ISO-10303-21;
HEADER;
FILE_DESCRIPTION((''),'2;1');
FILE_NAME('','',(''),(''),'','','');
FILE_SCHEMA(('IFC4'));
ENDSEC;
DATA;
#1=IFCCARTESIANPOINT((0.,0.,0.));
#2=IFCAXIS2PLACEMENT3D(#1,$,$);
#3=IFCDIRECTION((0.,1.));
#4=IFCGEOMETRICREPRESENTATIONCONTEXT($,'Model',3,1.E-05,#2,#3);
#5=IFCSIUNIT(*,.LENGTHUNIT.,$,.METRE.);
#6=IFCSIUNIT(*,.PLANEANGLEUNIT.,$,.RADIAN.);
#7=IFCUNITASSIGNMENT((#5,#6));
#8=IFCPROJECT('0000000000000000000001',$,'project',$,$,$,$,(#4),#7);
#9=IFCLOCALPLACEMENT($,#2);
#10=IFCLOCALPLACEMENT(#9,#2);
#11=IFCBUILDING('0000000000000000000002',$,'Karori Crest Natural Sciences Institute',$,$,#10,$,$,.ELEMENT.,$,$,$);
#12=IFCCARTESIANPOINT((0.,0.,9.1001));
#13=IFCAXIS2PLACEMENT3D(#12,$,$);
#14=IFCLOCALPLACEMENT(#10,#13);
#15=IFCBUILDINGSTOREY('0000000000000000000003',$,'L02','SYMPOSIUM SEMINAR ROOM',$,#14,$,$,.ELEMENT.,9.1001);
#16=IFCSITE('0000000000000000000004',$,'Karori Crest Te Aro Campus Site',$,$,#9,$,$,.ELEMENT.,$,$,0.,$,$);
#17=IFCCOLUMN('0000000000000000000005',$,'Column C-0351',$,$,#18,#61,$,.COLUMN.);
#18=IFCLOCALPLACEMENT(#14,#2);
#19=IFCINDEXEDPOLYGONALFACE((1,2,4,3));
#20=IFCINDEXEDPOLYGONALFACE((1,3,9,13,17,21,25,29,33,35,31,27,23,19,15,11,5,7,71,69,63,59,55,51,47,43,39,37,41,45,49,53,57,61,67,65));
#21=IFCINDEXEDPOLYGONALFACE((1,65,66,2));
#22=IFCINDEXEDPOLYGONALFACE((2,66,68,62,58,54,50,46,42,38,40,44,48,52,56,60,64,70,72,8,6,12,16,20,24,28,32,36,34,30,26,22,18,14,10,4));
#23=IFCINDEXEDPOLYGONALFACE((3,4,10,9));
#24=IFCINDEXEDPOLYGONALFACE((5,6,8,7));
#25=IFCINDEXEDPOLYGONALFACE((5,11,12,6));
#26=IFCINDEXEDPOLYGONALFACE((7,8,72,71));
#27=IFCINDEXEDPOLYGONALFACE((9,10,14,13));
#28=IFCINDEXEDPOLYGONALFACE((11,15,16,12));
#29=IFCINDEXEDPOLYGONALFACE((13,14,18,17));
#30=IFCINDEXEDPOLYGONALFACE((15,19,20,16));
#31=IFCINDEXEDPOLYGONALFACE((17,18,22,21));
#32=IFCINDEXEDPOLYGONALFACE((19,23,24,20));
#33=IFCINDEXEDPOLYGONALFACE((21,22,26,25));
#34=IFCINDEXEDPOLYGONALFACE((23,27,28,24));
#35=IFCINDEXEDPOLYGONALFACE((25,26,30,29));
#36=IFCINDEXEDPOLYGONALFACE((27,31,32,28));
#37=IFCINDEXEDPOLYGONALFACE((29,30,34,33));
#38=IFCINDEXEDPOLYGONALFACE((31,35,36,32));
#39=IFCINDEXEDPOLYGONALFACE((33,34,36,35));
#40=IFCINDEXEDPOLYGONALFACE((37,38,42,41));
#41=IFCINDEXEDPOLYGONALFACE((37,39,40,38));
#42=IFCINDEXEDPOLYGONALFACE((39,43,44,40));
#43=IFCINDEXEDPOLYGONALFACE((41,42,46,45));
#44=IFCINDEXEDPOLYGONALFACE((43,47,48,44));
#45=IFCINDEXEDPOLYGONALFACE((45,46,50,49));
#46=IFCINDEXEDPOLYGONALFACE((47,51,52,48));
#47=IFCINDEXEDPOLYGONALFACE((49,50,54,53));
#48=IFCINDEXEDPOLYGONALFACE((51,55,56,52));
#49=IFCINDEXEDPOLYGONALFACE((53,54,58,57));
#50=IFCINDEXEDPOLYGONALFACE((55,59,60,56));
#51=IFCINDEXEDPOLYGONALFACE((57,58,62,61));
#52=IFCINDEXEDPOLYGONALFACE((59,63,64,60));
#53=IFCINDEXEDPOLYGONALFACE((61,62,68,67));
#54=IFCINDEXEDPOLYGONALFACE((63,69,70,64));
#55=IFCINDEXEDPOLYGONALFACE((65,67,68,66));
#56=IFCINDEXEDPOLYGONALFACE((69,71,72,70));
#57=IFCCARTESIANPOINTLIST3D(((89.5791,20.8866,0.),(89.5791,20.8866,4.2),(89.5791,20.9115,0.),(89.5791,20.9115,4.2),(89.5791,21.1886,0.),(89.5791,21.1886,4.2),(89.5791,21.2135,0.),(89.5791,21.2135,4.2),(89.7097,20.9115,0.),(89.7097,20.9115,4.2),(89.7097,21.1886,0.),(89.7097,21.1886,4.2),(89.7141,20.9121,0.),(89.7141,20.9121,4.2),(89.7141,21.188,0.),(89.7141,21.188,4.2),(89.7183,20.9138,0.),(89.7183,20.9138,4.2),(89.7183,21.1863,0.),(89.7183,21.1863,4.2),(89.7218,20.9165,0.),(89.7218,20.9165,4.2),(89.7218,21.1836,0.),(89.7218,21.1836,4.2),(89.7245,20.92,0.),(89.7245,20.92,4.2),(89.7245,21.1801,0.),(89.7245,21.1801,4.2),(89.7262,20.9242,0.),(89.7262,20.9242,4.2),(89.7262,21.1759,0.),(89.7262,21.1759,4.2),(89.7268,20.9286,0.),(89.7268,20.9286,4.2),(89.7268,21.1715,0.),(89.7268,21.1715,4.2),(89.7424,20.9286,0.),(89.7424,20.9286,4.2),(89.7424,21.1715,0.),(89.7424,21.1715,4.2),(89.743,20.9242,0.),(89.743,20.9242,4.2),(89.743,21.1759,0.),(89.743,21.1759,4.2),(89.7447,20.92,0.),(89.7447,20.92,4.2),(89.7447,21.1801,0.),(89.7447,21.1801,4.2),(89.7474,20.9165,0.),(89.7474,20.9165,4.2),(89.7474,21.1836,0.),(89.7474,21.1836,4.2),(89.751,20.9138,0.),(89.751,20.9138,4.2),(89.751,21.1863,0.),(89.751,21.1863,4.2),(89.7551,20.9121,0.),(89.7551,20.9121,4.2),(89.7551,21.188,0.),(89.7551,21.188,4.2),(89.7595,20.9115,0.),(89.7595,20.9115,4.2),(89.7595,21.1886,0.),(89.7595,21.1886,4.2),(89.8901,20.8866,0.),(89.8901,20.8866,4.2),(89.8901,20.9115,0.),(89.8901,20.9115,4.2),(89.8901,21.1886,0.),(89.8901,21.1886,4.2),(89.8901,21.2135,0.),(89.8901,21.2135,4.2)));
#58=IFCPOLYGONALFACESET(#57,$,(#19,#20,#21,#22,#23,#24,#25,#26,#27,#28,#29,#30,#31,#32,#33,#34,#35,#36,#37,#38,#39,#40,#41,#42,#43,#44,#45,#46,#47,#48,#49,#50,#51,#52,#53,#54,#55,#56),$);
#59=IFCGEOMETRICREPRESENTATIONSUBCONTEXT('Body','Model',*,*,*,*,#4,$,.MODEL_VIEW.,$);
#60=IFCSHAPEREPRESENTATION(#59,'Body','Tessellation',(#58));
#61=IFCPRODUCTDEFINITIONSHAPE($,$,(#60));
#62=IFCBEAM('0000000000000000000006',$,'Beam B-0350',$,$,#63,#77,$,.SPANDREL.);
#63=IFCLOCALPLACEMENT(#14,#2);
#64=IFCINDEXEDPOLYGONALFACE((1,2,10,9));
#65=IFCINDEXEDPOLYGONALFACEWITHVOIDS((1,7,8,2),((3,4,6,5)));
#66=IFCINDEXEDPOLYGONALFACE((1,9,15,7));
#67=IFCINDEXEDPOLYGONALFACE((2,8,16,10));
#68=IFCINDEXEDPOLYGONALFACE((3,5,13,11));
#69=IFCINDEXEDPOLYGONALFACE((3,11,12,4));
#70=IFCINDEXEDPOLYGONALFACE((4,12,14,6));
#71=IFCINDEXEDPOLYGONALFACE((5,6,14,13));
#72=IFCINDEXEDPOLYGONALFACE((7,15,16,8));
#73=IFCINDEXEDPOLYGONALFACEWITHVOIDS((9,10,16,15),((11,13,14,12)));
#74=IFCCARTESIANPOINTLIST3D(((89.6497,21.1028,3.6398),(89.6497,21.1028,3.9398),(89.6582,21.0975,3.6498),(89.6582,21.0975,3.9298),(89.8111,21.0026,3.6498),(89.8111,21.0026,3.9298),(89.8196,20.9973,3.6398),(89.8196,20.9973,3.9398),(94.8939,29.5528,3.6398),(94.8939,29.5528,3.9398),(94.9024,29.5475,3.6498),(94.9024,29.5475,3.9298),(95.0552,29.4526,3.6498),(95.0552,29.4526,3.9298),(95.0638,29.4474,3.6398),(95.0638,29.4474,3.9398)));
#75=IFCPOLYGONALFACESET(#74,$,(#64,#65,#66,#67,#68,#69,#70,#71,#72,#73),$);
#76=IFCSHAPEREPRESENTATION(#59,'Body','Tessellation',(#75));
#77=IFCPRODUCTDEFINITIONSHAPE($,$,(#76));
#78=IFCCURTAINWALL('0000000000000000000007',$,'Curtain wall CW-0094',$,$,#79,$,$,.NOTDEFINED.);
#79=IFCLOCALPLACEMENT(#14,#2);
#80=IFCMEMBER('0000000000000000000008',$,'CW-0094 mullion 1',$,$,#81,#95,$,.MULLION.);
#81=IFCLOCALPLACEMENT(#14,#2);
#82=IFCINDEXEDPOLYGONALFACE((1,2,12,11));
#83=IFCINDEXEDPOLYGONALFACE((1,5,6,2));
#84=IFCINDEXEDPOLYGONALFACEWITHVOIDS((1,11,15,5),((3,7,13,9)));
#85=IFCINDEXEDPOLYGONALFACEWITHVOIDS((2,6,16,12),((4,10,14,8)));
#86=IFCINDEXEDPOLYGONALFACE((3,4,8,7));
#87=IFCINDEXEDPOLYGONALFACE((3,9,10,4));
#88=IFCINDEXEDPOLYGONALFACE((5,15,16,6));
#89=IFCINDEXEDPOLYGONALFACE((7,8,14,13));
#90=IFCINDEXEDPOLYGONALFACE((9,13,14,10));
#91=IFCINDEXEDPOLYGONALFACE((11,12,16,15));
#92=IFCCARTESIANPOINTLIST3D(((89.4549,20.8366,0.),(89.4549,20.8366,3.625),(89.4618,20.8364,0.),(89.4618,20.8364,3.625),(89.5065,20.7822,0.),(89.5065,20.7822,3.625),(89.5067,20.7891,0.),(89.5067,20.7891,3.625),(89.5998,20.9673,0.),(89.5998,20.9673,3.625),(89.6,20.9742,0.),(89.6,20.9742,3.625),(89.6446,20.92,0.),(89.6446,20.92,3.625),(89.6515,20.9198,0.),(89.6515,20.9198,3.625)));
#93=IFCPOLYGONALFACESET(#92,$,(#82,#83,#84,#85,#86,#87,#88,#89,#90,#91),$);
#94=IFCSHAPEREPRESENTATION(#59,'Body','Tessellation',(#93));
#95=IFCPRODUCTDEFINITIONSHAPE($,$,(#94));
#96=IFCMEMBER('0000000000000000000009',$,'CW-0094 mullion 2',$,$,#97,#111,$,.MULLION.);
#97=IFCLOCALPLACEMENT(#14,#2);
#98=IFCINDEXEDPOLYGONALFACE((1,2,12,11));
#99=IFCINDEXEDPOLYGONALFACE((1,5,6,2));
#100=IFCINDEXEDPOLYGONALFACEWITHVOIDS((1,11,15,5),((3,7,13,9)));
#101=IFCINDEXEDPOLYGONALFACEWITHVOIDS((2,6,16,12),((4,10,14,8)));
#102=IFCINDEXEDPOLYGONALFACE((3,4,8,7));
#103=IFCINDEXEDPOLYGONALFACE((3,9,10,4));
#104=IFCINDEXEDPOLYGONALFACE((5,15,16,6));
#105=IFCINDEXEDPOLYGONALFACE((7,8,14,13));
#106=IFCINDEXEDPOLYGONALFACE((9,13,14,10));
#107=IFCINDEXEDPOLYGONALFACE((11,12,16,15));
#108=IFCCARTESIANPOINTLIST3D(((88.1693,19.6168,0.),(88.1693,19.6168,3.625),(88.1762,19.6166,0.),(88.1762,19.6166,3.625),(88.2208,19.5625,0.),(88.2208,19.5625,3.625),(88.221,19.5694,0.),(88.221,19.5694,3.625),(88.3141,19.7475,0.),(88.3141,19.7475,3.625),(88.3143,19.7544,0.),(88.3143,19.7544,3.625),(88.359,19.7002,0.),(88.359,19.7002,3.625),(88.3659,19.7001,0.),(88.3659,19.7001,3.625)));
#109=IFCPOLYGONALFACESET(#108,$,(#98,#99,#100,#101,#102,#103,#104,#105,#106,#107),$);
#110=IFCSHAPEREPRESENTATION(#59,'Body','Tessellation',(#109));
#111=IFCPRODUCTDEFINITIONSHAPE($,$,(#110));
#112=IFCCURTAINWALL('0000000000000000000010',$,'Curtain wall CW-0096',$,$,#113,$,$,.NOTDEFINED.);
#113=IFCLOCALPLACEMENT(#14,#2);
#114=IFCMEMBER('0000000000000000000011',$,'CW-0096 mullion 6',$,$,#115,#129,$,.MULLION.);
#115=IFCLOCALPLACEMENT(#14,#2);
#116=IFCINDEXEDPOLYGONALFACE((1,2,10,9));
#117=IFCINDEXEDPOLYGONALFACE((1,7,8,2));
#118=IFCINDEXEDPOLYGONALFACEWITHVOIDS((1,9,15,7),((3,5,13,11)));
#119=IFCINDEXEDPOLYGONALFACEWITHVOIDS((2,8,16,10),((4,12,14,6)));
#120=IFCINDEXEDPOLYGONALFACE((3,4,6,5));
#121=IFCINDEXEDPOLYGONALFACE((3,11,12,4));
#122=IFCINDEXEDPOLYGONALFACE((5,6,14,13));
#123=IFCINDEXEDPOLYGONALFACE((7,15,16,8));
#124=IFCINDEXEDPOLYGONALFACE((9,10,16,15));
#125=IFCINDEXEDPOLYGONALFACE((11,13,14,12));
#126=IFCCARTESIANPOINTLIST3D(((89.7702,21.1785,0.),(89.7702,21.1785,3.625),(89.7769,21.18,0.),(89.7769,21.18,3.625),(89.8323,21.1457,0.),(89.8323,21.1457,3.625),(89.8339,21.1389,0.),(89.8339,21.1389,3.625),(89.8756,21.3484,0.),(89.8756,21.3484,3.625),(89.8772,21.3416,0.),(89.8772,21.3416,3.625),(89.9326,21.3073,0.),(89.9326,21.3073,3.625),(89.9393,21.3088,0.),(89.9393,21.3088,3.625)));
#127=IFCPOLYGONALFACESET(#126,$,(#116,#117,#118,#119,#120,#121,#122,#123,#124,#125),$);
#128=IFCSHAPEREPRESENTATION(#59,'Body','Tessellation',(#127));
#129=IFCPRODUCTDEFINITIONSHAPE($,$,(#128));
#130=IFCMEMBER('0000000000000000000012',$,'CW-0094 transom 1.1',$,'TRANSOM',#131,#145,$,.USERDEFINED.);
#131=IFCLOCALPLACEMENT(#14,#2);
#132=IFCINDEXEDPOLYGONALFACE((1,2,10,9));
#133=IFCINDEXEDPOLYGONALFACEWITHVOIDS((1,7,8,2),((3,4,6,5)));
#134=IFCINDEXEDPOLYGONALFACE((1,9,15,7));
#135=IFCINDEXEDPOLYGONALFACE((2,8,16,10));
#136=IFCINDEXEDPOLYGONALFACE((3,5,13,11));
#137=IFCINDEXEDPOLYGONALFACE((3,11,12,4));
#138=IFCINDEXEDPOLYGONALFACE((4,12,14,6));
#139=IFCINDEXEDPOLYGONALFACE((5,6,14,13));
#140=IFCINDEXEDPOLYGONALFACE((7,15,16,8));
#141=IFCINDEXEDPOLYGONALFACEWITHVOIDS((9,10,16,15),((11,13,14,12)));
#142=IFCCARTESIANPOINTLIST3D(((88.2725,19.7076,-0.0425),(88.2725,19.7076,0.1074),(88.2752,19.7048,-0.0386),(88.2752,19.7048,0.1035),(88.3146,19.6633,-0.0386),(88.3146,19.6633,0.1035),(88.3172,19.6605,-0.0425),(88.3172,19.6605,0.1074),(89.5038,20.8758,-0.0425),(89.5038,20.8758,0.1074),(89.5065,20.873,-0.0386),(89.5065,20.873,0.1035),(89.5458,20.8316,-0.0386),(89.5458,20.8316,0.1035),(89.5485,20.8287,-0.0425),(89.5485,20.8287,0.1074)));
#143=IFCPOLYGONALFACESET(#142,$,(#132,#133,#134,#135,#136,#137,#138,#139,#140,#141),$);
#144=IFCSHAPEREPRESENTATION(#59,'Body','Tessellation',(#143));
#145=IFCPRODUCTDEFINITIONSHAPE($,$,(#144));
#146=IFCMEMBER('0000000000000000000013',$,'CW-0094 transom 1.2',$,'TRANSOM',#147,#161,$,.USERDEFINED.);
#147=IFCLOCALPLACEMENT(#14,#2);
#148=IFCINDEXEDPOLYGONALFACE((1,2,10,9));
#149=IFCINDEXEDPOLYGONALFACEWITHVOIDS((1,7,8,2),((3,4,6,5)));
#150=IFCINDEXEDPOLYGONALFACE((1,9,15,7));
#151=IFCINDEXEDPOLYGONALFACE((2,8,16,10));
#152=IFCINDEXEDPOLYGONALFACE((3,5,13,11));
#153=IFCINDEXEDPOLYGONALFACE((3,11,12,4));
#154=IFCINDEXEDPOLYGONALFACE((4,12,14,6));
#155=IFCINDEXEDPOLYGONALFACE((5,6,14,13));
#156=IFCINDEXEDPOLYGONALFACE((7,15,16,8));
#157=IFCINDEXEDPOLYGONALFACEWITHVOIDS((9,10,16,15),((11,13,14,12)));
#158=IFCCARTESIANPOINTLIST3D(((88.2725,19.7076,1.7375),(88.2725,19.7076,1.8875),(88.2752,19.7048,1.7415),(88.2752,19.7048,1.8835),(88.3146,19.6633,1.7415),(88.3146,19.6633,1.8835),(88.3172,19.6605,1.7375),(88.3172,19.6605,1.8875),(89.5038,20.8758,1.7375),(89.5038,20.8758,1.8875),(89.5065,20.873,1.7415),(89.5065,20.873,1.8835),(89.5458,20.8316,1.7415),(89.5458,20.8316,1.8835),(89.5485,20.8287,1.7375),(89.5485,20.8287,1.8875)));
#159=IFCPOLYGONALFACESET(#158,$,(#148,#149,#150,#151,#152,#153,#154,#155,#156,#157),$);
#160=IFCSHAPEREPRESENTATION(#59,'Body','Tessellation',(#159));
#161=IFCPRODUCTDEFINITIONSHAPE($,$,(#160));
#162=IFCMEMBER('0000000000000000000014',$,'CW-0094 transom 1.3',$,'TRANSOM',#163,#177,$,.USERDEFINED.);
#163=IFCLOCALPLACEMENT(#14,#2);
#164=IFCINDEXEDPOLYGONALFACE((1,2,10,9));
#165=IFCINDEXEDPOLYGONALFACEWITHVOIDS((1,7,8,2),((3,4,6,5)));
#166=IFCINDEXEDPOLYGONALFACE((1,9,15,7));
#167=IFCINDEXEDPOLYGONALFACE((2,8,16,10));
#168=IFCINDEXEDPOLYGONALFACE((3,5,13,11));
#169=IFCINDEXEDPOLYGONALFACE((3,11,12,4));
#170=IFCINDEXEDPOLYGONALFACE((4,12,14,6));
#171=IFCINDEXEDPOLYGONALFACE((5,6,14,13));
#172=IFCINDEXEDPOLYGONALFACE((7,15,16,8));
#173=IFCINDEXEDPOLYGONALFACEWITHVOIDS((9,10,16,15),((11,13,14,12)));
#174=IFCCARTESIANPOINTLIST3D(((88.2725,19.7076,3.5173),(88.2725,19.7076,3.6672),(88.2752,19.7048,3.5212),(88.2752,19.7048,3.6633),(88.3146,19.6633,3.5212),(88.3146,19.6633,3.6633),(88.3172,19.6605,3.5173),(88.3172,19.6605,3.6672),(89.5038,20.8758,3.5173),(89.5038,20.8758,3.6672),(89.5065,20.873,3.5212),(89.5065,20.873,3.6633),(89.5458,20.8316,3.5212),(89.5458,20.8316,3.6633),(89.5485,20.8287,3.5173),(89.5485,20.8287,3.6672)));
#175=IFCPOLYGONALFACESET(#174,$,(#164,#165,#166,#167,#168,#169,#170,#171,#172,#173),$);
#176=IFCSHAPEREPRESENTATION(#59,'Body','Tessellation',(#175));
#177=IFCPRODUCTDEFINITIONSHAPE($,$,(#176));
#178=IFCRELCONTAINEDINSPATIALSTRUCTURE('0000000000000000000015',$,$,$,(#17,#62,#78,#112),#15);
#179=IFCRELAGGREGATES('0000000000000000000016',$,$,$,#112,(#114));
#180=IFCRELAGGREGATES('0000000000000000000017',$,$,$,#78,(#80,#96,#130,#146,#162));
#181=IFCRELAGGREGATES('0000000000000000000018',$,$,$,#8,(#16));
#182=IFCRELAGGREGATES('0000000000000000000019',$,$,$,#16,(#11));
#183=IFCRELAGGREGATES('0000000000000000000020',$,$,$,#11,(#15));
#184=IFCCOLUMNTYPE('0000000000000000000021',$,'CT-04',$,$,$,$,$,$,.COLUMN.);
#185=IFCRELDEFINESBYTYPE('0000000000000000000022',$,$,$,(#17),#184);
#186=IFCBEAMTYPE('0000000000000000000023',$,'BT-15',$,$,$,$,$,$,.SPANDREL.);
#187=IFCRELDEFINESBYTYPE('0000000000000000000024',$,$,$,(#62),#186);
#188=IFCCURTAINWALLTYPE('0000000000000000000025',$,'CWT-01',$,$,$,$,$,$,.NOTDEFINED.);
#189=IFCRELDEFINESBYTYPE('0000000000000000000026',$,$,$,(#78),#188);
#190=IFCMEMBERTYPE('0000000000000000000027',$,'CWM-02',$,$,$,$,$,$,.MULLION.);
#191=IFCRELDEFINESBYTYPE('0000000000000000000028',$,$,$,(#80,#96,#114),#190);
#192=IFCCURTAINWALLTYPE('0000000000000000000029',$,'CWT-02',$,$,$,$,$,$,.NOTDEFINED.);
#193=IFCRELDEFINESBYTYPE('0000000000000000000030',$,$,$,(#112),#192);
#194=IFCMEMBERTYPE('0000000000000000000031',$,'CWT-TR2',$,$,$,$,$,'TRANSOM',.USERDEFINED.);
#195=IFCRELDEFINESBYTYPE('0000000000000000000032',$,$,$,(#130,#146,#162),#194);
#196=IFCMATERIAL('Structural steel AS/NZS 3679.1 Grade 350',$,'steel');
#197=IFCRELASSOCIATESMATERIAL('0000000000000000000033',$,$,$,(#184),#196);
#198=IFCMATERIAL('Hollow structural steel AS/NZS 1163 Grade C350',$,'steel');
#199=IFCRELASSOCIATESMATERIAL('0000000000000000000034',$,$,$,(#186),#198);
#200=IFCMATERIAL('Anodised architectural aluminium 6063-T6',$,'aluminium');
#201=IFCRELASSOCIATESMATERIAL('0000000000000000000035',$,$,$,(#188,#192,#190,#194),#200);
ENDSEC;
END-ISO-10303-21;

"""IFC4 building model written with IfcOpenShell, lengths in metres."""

from ifc_helpers import new_model, si_unit, direction, frame, origin, origin_2d, place, context, subcontext, project, spatial, hollow_rectangle, i_section, extrude, material, material_profile, profile_set, type_object, element, aggregate, save


model = new_model("IFC4")

# Units and contexts
model_context = context("Model", 3, precision=1e-05, world=origin(), true_north=direction((0.0, 1.0)))
body_context = subcontext(model_context, "Body", "Model", "MODEL_VIEW")
ifc_project = project(units=[si_unit("LENGTHUNIT", "METRE"), si_unit("PLANEANGLEUNIT", "RADIAN")], contexts=[model_context])

# Site, building, storey
site_placement = place(None, origin())
site = spatial("IfcSite", under=ifc_project, at=site_placement, Name="Karori Crest Te Aro Campus Site", CompositionType="ELEMENT", RefElevation=0.0)
building_placement = place(site_placement, origin())
building = spatial("IfcBuilding", under=site, at=building_placement, Name="Karori Crest Natural Sciences Institute", CompositionType="ELEMENT")
storey_placement = place(building_placement, frame((0.0, 0.0, 9.1001)))
storey = spatial("IfcBuildingStorey", under=building, at=storey_placement, Name="L02", Description="SYMPOSIUM SEMINAR ROOM", CompositionType="ELEMENT", Elevation=9.1001)

# Column
ifc_material_1 = material(Name="Structural steel AS/NZS 3679.1 Grade 350", Category="steel")
ifc_material_profile_1 = material_profile(ifc_material_1, i_section(OverallWidth=0.311, OverallDepth=0.3269, WebThickness=0.0156, FlangeThickness=0.0249, FilletRadius=0.0171, at=origin_2d()), Name="310UC158")
ifc_profile_set_1 = profile_set([ifc_material_profile_1], Name="Structural steel AS/NZS 3679.1 Grade 350")
column_type = type_object("IfcColumnType", Name="CT-04", PredefinedType="COLUMN", material=ifc_profile_set_1)
column_placement = place(storey_placement, frame((89.7346, 21.05, 0.0), z_axis=(0.0, 0.0, 1.0), x_axis=(1.0, 0.0, 0.0)))
element("IfcColumn", 1, at=column_placement, inside=storey, type_object=column_type, Name="Column C-0351", PredefinedType="COLUMN", context=body_context, shape_type="SweptSolid", body=[
    extrude(i_section(OverallWidth=0.311, OverallDepth=0.3269, WebThickness=0.0156, FlangeThickness=0.0249, FilletRadius=0.0171, at=origin_2d()), origin(), (0.0, 0.0, 1.0), 4.2),
])

# Beam
ifc_material_2 = material(Name="Hollow structural steel AS/NZS 1163 Grade C350", Category="steel")
ifc_material_profile_2 = material_profile(ifc_material_2, hollow_rectangle(XDim=0.2, YDim=0.3, WallThickness=0.01, at=origin_2d()), Name="RHS300x200x10")
ifc_profile_set_2 = profile_set([ifc_material_profile_2], Name="Hollow structural steel AS/NZS 1163 Grade C350")
beam_type = type_object("IfcBeamType", Name="BT-15", PredefinedType="SPANDREL", material=ifc_profile_set_2)
beam_placement = place(storey_placement, frame((89.7346, 21.05, 3.7898), z_axis=(0.527315, 0.84967, 0.0), x_axis=(-0.84967, 0.527315, 0.0)))
element("IfcBeam", 2, at=beam_placement, inside=storey, type_object=beam_type, Name="Beam B-0350", PredefinedType="SPANDREL", context=body_context, shape_type="SweptSolid", body=[
    extrude(hollow_rectangle(XDim=0.2, YDim=0.3, WallThickness=0.01, at=origin_2d()), origin(), (0.0, 0.0, 1.0), 9.9451),
])

# Curtain wall, members
ifc_material_3 = material(Name="Anodised architectural aluminium 6063-T6", Category="aluminium")
curtain_wall_type_1 = type_object("IfcCurtainWallType", Name="CWT-01", PredefinedType="NOTDEFINED", material=ifc_material_3)
curtain_wall_1_placement = place(storey_placement, origin())
curtain_wall_1 = element("IfcCurtainWall", 3, at=curtain_wall_1_placement, inside=storey, type_object=curtain_wall_type_1, Name="Curtain wall CW-0094", PredefinedType="NOTDEFINED")
ifc_material_profile_3 = material_profile(ifc_material_3, hollow_rectangle(XDim=0.075, YDim=0.2, WallThickness=0.0049, at=origin_2d()), Name="CWM200x75x5")
ifc_profile_set_3 = profile_set([ifc_material_profile_3], Name="Anodised architectural aluminium 6063-T6")
member_type_1 = type_object("IfcMemberType", Name="CWM-02", PredefinedType="MULLION", material=ifc_profile_set_3)
member_1_placement = place(storey_placement, frame((89.5532, 20.8782, 0.0), z_axis=(0.0, 0.0, 1.0), x_axis=(0.688251, -0.725473, 0.0)))
member_1 = element("IfcMember", 4, at=member_1_placement, type_object=member_type_1, Name="CW-0094 mullion 1", PredefinedType="MULLION", context=body_context, shape_type="SweptSolid", body=[
    extrude(hollow_rectangle(XDim=0.075, YDim=0.2, WallThickness=0.0049, at=origin_2d()), origin(), (0.0, 0.0, 1.0), 3.625),
])
member_2_placement = place(storey_placement, frame((88.2676, 19.6584, 0.0), z_axis=(0.0, 0.0, 1.0), x_axis=(0.688251, -0.725473, 0.0)))
member_2 = element("IfcMember", 5, at=member_2_placement, type_object=member_type_1, Name="CW-0094 mullion 2", PredefinedType="MULLION", context=body_context, shape_type="SweptSolid", body=[
    extrude(hollow_rectangle(XDim=0.075, YDim=0.2, WallThickness=0.0049, at=origin_2d()), origin(), (0.0, 0.0, 1.0), 3.625),
])

# Curtain wall, member
curtain_wall_type_2 = type_object("IfcCurtainWallType", Name="CWT-02", PredefinedType="NOTDEFINED", material=ifc_material_3)
curtain_wall_2_placement = place(storey_placement, origin())
curtain_wall_2 = element("IfcCurtainWall", 6, at=curtain_wall_2_placement, inside=storey, type_object=curtain_wall_type_2, Name="Curtain wall CW-0096", PredefinedType="NOTDEFINED")
member_3_placement = place(storey_placement, frame((89.8547, 21.2437, 0.0), z_axis=(0.0, 0.0, 1.0), x_axis=(0.849662, -0.527328, 0.0)))
member_3 = element("IfcMember", 7, at=member_3_placement, type_object=member_type_1, Name="CW-0096 mullion 6", PredefinedType="MULLION", context=body_context, shape_type="SweptSolid", body=[
    extrude(hollow_rectangle(XDim=0.075, YDim=0.2, WallThickness=0.0049, at=origin_2d()), origin(), (0.0, 0.0, 1.0), 3.625),
])

# Members
ifc_material_profile_4 = material_profile(ifc_material_3, hollow_rectangle(XDim=0.0649, YDim=0.1499, WallThickness=0.0039, at=origin_2d()), Name="CWT150x65x4")
ifc_profile_set_4 = profile_set([ifc_material_profile_4], Name="Anodised architectural aluminium 6063-T6")
member_type_2 = type_object("IfcMemberType", Name="CWT-TR2", ElementType="TRANSOM", PredefinedType="USERDEFINED", material=ifc_profile_set_4)
member_4_placement = place(storey_placement, frame((89.5261, 20.8523, 0.0325), z_axis=(-0.725419, -0.688307, 0.0), x_axis=(0.688307, -0.725419, 0.0)))
member_4 = element("IfcMember", 8, at=member_4_placement, type_object=member_type_2, Name="CW-0094 transom 1.1", ObjectType="TRANSOM", PredefinedType="USERDEFINED", context=body_context, shape_type="SweptSolid", body=[
    extrude(hollow_rectangle(XDim=0.0649, YDim=0.1499, WallThickness=0.0039, at=origin_2d()), origin(), (0.0, 0.0, 1.0), 1.6973),
])
member_5_placement = place(storey_placement, frame((89.5261, 20.8523, 1.8125), z_axis=(-0.725419, -0.688307, 0.0), x_axis=(0.688307, -0.725419, 0.0)))
member_5 = element("IfcMember", 9, at=member_5_placement, type_object=member_type_2, Name="CW-0094 transom 1.2", ObjectType="TRANSOM", PredefinedType="USERDEFINED", context=body_context, shape_type="SweptSolid", body=[
    extrude(hollow_rectangle(XDim=0.0649, YDim=0.1499, WallThickness=0.0039, at=origin_2d()), origin(), (0.0, 0.0, 1.0), 1.6973),
])
member_6_placement = place(storey_placement, frame((89.5261, 20.8523, 3.5923), z_axis=(-0.725419, -0.688307, 0.0), x_axis=(0.688307, -0.725419, 0.0)))
member_6 = element("IfcMember", 10, at=member_6_placement, type_object=member_type_2, Name="CW-0094 transom 1.3", ObjectType="TRANSOM", PredefinedType="USERDEFINED", context=body_context, shape_type="SweptSolid", body=[
    extrude(hollow_rectangle(XDim=0.0649, YDim=0.1499, WallThickness=0.0039, at=origin_2d()), origin(), (0.0, 0.0, 1.0), 1.6973),
])

aggregate(curtain_wall_2, [member_3])
aggregate(curtain_wall_1, [member_1, member_2, member_4, member_5, member_6])

save(model, "model.ifc")
